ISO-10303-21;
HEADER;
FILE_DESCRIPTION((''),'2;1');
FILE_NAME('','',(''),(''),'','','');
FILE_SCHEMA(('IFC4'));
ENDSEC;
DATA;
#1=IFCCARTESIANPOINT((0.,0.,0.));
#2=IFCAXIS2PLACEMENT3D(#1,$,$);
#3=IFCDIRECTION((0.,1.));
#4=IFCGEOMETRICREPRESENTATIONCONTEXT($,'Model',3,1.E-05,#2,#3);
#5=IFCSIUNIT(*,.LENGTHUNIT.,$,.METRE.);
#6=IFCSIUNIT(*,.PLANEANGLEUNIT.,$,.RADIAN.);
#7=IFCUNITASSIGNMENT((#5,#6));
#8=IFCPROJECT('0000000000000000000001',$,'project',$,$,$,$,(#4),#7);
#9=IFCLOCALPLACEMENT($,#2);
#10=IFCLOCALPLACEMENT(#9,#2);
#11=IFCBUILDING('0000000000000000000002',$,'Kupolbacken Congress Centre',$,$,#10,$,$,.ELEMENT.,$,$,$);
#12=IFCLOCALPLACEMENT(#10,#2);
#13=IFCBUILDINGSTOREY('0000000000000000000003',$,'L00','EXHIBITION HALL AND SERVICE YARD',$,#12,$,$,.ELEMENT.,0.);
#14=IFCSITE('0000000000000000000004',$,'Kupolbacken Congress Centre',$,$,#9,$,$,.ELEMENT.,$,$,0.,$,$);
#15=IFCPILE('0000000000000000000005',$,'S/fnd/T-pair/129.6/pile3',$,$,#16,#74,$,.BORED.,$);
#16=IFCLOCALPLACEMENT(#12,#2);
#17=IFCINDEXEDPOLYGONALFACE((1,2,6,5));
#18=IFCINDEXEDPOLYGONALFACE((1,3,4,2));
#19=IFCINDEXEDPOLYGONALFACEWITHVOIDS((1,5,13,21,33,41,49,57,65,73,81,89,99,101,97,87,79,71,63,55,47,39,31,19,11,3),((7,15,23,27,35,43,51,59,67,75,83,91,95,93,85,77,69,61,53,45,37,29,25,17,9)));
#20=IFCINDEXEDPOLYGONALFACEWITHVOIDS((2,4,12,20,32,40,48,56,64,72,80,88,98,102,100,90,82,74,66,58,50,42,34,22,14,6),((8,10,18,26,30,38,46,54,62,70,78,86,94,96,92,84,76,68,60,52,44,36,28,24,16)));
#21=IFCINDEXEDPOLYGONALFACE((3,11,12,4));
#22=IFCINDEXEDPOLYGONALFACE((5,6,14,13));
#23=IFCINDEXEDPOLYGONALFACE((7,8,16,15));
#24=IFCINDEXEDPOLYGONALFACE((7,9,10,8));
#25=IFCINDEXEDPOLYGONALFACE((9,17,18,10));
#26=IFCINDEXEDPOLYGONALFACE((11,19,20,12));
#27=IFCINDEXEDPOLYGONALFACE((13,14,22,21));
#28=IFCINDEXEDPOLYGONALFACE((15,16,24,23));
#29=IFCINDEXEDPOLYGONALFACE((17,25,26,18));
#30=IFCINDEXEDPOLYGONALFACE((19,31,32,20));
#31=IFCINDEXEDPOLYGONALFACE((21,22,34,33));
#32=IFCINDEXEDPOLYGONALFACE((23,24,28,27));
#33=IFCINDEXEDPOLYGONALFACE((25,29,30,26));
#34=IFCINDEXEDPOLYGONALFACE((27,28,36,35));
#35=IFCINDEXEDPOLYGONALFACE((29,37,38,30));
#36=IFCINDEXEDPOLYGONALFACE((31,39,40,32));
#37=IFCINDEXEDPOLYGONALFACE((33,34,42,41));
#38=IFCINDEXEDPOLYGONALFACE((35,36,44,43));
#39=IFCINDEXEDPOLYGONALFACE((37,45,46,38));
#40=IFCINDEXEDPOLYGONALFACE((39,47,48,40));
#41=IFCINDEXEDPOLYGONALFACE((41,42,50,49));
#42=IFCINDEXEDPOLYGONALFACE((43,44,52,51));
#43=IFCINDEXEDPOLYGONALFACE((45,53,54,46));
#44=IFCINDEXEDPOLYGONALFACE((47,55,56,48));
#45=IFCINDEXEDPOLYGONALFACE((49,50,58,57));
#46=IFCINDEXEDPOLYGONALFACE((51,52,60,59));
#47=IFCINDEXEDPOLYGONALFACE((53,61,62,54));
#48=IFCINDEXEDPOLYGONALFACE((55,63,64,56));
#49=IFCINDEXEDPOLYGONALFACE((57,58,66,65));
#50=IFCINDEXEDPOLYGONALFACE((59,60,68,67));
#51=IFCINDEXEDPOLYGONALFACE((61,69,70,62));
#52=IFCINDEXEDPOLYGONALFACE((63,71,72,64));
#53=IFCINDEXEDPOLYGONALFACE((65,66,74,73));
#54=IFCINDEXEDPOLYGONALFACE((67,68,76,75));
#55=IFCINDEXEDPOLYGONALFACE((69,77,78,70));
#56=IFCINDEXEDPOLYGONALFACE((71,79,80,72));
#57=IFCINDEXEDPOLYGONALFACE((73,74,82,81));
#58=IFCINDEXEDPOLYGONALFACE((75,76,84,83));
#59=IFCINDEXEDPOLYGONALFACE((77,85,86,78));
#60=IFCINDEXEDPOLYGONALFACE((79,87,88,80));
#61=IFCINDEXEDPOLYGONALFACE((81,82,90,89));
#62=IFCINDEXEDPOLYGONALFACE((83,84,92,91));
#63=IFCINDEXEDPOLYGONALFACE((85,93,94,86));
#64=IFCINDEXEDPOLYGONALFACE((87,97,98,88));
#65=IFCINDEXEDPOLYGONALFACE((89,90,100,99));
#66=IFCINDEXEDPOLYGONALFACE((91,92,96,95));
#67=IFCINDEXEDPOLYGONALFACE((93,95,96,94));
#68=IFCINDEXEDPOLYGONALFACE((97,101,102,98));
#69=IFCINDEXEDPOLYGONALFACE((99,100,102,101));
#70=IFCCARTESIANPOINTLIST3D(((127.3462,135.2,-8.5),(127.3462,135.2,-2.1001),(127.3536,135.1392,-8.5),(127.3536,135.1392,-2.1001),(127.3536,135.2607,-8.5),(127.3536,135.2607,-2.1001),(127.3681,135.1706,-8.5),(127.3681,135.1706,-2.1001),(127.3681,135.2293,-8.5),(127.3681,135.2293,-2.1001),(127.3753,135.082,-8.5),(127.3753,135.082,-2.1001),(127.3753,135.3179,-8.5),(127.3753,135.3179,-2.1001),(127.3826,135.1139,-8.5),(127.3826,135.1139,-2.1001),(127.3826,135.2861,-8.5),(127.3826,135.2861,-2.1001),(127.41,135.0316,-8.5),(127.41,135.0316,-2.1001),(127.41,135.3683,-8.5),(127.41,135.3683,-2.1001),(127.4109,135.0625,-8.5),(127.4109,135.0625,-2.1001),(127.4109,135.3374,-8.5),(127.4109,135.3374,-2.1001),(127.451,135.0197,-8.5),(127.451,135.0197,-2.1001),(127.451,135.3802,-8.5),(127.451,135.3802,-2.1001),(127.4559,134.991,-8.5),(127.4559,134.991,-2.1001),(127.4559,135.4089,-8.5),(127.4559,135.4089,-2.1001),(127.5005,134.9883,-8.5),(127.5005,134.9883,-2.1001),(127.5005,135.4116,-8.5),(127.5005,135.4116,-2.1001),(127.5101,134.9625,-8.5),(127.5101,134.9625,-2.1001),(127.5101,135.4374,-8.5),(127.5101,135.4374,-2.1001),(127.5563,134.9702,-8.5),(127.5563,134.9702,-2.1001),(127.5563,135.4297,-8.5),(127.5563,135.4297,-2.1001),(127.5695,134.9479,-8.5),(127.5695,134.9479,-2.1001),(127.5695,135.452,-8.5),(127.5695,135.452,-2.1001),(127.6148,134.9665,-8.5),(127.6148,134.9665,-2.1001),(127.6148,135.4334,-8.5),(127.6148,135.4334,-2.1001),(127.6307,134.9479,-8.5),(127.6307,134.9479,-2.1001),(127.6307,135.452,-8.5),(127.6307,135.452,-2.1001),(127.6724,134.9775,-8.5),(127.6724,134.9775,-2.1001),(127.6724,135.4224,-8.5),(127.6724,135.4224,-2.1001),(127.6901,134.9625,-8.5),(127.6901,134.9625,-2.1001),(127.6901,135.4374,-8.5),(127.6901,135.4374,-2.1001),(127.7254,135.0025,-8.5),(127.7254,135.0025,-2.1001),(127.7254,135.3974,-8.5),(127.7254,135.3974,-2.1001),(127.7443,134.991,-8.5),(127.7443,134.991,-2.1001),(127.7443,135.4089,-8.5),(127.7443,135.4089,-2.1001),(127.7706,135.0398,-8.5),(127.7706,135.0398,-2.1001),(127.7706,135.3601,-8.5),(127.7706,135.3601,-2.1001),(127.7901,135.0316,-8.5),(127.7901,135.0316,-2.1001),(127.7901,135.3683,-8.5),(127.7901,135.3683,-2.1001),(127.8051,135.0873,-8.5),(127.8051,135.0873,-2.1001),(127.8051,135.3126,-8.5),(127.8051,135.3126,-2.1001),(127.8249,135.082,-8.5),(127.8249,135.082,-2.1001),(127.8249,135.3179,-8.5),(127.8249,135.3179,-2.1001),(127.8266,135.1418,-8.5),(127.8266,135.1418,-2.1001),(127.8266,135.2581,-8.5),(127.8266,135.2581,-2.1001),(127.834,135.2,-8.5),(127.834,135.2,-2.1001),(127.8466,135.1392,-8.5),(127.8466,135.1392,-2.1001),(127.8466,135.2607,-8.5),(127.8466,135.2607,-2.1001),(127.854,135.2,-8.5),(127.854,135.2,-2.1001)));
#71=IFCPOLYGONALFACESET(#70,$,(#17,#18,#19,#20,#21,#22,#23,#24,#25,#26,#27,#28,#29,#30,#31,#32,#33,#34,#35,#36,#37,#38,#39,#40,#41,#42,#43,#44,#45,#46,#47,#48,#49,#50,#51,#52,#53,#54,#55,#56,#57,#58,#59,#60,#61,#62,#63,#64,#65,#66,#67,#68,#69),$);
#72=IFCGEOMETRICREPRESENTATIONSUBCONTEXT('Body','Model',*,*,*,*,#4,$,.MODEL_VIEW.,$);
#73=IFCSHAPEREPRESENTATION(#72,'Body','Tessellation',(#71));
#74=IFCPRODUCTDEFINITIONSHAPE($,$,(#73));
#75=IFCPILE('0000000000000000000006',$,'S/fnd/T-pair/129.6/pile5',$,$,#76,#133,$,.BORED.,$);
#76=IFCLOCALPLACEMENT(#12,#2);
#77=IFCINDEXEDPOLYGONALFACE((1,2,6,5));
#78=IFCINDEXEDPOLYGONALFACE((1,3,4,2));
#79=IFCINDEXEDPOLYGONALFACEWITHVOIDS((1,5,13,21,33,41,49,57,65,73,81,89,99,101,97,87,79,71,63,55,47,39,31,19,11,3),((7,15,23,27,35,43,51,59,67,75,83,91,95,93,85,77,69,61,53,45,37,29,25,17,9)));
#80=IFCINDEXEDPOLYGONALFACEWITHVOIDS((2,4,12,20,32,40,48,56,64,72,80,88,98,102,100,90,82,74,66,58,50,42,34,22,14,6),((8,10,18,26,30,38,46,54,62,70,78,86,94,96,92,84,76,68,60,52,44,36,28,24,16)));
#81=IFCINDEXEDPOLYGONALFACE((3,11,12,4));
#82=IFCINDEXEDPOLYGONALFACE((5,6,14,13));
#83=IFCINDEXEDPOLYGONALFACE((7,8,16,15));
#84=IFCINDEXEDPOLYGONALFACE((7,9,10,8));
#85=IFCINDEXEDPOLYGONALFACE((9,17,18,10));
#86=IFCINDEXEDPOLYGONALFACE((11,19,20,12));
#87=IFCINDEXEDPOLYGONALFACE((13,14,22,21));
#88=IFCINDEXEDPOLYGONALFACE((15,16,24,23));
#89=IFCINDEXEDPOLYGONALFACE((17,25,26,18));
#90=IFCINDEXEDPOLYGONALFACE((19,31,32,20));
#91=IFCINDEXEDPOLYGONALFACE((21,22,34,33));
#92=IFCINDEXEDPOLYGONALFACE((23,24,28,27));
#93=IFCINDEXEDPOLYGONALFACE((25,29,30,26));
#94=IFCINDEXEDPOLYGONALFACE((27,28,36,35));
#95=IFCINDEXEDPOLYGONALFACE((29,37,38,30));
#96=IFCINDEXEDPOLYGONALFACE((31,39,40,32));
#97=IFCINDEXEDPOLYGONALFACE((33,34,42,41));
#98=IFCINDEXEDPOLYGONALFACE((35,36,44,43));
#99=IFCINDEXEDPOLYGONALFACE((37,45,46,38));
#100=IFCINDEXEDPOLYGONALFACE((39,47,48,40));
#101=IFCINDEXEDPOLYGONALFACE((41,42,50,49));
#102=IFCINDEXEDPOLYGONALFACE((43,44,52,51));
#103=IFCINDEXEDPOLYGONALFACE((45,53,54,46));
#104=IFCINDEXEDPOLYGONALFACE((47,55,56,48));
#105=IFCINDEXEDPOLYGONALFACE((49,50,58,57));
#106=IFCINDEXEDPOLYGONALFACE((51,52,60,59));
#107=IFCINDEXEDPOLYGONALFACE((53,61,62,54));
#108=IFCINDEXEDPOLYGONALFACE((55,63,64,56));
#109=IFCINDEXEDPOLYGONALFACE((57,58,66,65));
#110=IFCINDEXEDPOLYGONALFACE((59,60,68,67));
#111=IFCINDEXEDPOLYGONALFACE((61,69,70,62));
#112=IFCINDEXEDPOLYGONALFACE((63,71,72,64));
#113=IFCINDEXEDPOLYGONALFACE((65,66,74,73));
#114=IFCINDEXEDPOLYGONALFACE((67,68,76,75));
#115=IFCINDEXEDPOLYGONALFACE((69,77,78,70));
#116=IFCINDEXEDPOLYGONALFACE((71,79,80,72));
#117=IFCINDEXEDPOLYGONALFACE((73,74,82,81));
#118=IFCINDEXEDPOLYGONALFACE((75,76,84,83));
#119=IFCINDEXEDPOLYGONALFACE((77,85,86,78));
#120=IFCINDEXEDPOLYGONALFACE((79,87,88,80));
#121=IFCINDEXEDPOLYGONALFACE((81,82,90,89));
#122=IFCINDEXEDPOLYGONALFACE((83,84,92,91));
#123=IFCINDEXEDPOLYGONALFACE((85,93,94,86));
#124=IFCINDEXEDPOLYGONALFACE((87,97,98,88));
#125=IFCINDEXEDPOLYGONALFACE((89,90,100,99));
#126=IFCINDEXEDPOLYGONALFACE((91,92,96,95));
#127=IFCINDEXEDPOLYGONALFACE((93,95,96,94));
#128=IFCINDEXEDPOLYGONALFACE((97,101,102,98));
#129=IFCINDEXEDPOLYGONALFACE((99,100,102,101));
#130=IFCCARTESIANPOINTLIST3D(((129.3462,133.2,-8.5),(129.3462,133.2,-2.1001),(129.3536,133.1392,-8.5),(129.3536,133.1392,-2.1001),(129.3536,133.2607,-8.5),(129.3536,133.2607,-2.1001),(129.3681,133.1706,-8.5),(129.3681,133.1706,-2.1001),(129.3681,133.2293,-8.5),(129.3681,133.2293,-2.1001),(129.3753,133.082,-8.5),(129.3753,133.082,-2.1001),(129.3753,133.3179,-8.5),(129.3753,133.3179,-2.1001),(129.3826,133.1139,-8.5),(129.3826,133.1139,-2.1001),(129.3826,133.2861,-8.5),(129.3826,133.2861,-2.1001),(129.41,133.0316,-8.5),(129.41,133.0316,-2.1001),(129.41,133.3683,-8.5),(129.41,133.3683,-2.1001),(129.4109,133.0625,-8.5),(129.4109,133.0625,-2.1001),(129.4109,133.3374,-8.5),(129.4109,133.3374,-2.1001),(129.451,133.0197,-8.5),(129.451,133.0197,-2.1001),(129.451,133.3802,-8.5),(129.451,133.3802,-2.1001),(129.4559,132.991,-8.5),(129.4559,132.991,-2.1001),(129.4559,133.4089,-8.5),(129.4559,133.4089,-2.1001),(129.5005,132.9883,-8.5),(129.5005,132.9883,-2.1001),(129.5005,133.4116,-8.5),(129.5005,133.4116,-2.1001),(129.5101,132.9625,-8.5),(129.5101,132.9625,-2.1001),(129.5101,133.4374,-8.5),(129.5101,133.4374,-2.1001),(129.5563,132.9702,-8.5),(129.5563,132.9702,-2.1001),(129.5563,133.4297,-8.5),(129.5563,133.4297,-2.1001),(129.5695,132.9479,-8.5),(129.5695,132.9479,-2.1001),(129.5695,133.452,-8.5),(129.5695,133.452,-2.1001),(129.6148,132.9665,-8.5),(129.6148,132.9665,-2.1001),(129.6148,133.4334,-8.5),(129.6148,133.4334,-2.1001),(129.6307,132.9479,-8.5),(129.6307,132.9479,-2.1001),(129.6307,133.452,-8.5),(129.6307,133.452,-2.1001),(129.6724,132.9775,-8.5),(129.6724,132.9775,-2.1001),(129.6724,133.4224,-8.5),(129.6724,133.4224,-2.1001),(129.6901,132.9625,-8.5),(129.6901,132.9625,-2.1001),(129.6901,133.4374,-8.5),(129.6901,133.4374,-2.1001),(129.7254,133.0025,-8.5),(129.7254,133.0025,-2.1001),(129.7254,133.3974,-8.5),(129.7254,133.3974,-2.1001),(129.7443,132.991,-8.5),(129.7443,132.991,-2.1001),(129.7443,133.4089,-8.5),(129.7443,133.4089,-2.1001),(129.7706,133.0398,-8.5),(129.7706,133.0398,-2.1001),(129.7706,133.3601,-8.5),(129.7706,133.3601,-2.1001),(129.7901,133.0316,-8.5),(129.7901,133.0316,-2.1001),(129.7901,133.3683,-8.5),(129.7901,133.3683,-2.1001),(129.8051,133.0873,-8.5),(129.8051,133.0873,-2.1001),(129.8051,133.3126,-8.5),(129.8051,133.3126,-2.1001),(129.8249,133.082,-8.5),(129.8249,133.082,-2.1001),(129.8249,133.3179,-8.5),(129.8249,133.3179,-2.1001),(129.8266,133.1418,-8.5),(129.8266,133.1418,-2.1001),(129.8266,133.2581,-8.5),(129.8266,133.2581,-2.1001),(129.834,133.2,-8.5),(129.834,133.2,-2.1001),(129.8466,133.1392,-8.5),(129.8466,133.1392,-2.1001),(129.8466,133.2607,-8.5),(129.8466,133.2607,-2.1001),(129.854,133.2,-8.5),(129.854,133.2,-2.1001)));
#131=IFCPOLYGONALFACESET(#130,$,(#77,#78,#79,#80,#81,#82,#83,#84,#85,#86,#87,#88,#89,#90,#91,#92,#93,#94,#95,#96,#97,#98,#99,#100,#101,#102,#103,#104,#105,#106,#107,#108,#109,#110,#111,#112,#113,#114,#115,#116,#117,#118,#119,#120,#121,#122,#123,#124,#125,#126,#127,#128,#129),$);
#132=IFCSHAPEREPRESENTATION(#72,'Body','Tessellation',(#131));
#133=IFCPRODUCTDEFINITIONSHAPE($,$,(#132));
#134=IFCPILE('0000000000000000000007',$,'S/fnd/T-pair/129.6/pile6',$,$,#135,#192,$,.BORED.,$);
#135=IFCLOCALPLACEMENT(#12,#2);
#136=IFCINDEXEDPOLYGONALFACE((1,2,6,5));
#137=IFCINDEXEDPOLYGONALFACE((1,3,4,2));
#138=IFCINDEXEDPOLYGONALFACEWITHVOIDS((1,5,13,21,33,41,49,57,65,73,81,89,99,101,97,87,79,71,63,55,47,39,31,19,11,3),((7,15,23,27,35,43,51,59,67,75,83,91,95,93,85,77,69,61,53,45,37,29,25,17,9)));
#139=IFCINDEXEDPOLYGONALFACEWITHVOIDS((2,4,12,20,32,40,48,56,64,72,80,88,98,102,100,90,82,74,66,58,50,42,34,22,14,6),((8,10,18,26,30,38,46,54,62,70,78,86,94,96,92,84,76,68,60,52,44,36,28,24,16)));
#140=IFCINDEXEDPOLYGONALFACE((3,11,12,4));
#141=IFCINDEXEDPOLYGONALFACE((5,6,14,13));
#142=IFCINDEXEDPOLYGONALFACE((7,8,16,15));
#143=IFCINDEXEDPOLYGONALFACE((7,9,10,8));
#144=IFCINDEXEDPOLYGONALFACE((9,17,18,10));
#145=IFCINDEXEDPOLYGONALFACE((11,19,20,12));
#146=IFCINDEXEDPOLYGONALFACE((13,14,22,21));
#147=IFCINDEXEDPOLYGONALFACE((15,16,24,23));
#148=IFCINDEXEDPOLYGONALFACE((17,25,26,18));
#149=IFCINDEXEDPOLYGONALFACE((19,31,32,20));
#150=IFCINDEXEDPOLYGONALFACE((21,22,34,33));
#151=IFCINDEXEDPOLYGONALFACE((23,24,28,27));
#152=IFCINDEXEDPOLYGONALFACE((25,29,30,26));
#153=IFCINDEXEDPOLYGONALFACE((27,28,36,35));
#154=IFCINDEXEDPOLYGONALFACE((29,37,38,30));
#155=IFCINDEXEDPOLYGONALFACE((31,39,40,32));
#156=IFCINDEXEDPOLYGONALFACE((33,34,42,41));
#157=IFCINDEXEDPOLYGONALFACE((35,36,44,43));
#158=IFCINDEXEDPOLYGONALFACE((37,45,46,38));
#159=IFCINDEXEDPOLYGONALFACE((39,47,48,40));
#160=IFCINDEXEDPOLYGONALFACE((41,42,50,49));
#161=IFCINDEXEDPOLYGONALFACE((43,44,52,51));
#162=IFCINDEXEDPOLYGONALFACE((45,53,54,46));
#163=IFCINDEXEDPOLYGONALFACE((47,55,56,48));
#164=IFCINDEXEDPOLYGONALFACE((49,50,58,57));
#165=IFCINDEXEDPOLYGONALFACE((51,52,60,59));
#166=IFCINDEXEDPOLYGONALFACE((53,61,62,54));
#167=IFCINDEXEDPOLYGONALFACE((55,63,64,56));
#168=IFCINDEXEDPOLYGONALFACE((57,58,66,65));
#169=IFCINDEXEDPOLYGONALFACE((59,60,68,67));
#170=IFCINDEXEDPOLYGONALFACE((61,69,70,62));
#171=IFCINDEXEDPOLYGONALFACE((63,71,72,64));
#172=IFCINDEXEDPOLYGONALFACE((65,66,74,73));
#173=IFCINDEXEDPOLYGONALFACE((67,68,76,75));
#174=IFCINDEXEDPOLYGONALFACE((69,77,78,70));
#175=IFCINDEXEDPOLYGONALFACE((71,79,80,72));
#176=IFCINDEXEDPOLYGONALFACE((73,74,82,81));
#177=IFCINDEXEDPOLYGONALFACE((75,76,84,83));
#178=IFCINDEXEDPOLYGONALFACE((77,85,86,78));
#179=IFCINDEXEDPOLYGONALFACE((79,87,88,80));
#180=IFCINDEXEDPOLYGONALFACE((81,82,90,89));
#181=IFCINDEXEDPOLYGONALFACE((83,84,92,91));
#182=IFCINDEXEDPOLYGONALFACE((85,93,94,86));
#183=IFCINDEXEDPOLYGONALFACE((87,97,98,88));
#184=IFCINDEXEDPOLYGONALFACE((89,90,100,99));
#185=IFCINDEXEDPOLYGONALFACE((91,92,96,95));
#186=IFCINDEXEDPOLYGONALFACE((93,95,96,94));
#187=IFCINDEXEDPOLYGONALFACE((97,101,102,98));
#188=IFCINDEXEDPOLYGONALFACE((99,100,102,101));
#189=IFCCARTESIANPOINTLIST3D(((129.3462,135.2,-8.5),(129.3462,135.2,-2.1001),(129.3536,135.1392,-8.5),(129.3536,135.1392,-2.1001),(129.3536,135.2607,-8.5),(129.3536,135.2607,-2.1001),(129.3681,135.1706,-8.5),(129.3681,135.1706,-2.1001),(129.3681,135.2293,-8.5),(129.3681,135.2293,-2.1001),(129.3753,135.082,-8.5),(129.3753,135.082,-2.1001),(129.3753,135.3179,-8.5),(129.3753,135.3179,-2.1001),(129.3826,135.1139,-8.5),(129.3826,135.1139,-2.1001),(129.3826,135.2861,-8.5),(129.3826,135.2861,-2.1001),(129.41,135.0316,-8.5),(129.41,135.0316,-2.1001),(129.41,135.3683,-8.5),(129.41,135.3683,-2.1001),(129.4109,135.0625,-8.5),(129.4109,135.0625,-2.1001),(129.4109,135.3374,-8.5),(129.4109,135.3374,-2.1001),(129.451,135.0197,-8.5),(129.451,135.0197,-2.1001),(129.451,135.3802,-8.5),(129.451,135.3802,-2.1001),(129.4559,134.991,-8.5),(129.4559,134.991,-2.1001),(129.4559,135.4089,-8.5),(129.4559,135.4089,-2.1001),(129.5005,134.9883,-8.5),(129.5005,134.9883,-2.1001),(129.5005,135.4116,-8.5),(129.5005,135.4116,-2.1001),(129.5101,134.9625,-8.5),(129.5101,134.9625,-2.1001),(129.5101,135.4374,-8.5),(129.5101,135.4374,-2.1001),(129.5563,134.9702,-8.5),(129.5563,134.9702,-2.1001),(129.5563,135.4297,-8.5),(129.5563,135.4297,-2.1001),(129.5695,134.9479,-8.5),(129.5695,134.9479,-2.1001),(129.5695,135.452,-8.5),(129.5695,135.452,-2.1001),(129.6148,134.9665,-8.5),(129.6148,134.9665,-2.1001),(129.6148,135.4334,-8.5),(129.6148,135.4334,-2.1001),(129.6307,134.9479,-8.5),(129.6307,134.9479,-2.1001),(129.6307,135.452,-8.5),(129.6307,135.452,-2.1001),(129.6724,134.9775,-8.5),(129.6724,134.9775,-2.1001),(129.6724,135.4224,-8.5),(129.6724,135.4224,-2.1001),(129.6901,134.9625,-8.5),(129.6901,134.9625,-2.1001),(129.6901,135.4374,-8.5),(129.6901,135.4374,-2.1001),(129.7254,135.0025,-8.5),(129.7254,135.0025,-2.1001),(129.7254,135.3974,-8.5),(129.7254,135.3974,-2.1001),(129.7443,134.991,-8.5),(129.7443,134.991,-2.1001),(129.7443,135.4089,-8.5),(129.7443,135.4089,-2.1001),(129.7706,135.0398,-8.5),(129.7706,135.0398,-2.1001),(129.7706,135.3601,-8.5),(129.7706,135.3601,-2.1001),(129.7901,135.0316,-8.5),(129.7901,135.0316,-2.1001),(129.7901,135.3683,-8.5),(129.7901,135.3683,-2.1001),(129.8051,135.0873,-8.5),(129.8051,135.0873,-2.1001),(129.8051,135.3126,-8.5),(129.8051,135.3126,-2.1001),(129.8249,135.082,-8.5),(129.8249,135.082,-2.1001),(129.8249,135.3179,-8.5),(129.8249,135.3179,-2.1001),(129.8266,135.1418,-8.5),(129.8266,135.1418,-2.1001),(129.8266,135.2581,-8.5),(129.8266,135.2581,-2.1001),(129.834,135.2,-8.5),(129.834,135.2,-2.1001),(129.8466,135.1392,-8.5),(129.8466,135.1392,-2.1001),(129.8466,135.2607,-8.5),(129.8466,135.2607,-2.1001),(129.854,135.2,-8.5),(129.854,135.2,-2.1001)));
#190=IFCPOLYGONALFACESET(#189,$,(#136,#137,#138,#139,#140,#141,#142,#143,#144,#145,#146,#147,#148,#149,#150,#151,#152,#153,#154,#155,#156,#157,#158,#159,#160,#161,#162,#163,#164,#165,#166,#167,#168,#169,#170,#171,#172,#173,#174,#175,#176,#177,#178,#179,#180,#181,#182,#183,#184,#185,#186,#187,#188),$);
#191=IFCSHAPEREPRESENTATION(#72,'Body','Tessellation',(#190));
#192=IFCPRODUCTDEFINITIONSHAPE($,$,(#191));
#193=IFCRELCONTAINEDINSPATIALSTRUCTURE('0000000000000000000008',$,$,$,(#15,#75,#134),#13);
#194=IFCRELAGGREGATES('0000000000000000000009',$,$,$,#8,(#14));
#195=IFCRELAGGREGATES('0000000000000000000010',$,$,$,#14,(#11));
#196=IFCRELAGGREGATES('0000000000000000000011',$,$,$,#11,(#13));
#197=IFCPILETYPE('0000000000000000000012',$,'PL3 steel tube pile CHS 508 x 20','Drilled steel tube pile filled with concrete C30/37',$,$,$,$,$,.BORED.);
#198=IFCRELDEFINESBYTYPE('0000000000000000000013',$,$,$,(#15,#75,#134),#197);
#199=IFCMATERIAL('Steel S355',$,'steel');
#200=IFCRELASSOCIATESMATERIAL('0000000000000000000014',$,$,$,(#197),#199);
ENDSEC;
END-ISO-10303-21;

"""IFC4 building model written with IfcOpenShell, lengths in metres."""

from ifc_helpers import new_model, si_unit, direction, frame, origin, origin_2d, place, context, subcontext, project, spatial, hollow_circle, extrude, material, material_profile, profile_set, type_object, element, save


model = new_model("IFC4")

# Units and contexts
model_context = context("Model", 3, precision=1e-05, world=origin(), true_north=direction((0.0, 1.0)))
body_context = subcontext(model_context, "Body", "Model", "MODEL_VIEW")
ifc_project = project(units=[si_unit("LENGTHUNIT", "METRE"), si_unit("PLANEANGLEUNIT", "RADIAN")], contexts=[model_context])

# Site, building, storey
site_placement = place(None, origin())
site = spatial("IfcSite", under=ifc_project, at=site_placement, Name="Kupolbacken Congress Centre", CompositionType="ELEMENT", RefElevation=0.0)
building_placement = place(site_placement, origin())
building = spatial("IfcBuilding", under=site, at=building_placement, Name="Kupolbacken Congress Centre", CompositionType="ELEMENT")
storey_placement = place(building_placement, origin())
storey = spatial("IfcBuildingStorey", under=building, at=storey_placement, Name="L00", Description="EXHIBITION HALL AND SERVICE YARD", CompositionType="ELEMENT", Elevation=0.0)

# Piles
ifc_material_1 = material(Name="Steel S355", Category="steel")
ifc_material_profile_1 = material_profile(ifc_material_1, hollow_circle(Radius=0.2539, WallThickness=0.02, at=origin_2d()), Name="CHS 508 x 20")
ifc_profile_set_1 = profile_set([ifc_material_profile_1], Name="Steel S355")
pile_type = type_object("IfcPileType", Name="PL3 steel tube pile CHS 508 x 20", Description="Drilled steel tube pile filled with concrete C30/37", PredefinedType="BORED", material=ifc_profile_set_1)
for number, where, z_axis, x_axis, name in (
    (1, (127.6001, 135.2, -2.1001), (0.0, 0.0, -1.0), (1.0, 0.0, 0.0), "S/fnd/T-pair/129.6/pile3"),
    (2, (129.6001, 133.2, -2.1001), (0.0, 0.0, -1.0), (1.0, 0.0, 0.0), "S/fnd/T-pair/129.6/pile5"),
    (3, (129.6001, 135.2, -2.1001), (0.0, 0.0, -1.0), (1.0, 0.0, 0.0), "S/fnd/T-pair/129.6/pile6"),
):
    element("IfcPile", number, at=place(storey_placement, frame(where, z_axis=z_axis, x_axis=x_axis)), inside=storey, type_object=pile_type, Name=name, PredefinedType="BORED", context=body_context, shape_type="SweptSolid", body=[
        extrude(hollow_circle(Radius=0.2539, WallThickness=0.02, at=origin_2d()), origin(), (0.0, 0.0, 1.0), 6.3999),
    ])

save(model, "model.ifc")
